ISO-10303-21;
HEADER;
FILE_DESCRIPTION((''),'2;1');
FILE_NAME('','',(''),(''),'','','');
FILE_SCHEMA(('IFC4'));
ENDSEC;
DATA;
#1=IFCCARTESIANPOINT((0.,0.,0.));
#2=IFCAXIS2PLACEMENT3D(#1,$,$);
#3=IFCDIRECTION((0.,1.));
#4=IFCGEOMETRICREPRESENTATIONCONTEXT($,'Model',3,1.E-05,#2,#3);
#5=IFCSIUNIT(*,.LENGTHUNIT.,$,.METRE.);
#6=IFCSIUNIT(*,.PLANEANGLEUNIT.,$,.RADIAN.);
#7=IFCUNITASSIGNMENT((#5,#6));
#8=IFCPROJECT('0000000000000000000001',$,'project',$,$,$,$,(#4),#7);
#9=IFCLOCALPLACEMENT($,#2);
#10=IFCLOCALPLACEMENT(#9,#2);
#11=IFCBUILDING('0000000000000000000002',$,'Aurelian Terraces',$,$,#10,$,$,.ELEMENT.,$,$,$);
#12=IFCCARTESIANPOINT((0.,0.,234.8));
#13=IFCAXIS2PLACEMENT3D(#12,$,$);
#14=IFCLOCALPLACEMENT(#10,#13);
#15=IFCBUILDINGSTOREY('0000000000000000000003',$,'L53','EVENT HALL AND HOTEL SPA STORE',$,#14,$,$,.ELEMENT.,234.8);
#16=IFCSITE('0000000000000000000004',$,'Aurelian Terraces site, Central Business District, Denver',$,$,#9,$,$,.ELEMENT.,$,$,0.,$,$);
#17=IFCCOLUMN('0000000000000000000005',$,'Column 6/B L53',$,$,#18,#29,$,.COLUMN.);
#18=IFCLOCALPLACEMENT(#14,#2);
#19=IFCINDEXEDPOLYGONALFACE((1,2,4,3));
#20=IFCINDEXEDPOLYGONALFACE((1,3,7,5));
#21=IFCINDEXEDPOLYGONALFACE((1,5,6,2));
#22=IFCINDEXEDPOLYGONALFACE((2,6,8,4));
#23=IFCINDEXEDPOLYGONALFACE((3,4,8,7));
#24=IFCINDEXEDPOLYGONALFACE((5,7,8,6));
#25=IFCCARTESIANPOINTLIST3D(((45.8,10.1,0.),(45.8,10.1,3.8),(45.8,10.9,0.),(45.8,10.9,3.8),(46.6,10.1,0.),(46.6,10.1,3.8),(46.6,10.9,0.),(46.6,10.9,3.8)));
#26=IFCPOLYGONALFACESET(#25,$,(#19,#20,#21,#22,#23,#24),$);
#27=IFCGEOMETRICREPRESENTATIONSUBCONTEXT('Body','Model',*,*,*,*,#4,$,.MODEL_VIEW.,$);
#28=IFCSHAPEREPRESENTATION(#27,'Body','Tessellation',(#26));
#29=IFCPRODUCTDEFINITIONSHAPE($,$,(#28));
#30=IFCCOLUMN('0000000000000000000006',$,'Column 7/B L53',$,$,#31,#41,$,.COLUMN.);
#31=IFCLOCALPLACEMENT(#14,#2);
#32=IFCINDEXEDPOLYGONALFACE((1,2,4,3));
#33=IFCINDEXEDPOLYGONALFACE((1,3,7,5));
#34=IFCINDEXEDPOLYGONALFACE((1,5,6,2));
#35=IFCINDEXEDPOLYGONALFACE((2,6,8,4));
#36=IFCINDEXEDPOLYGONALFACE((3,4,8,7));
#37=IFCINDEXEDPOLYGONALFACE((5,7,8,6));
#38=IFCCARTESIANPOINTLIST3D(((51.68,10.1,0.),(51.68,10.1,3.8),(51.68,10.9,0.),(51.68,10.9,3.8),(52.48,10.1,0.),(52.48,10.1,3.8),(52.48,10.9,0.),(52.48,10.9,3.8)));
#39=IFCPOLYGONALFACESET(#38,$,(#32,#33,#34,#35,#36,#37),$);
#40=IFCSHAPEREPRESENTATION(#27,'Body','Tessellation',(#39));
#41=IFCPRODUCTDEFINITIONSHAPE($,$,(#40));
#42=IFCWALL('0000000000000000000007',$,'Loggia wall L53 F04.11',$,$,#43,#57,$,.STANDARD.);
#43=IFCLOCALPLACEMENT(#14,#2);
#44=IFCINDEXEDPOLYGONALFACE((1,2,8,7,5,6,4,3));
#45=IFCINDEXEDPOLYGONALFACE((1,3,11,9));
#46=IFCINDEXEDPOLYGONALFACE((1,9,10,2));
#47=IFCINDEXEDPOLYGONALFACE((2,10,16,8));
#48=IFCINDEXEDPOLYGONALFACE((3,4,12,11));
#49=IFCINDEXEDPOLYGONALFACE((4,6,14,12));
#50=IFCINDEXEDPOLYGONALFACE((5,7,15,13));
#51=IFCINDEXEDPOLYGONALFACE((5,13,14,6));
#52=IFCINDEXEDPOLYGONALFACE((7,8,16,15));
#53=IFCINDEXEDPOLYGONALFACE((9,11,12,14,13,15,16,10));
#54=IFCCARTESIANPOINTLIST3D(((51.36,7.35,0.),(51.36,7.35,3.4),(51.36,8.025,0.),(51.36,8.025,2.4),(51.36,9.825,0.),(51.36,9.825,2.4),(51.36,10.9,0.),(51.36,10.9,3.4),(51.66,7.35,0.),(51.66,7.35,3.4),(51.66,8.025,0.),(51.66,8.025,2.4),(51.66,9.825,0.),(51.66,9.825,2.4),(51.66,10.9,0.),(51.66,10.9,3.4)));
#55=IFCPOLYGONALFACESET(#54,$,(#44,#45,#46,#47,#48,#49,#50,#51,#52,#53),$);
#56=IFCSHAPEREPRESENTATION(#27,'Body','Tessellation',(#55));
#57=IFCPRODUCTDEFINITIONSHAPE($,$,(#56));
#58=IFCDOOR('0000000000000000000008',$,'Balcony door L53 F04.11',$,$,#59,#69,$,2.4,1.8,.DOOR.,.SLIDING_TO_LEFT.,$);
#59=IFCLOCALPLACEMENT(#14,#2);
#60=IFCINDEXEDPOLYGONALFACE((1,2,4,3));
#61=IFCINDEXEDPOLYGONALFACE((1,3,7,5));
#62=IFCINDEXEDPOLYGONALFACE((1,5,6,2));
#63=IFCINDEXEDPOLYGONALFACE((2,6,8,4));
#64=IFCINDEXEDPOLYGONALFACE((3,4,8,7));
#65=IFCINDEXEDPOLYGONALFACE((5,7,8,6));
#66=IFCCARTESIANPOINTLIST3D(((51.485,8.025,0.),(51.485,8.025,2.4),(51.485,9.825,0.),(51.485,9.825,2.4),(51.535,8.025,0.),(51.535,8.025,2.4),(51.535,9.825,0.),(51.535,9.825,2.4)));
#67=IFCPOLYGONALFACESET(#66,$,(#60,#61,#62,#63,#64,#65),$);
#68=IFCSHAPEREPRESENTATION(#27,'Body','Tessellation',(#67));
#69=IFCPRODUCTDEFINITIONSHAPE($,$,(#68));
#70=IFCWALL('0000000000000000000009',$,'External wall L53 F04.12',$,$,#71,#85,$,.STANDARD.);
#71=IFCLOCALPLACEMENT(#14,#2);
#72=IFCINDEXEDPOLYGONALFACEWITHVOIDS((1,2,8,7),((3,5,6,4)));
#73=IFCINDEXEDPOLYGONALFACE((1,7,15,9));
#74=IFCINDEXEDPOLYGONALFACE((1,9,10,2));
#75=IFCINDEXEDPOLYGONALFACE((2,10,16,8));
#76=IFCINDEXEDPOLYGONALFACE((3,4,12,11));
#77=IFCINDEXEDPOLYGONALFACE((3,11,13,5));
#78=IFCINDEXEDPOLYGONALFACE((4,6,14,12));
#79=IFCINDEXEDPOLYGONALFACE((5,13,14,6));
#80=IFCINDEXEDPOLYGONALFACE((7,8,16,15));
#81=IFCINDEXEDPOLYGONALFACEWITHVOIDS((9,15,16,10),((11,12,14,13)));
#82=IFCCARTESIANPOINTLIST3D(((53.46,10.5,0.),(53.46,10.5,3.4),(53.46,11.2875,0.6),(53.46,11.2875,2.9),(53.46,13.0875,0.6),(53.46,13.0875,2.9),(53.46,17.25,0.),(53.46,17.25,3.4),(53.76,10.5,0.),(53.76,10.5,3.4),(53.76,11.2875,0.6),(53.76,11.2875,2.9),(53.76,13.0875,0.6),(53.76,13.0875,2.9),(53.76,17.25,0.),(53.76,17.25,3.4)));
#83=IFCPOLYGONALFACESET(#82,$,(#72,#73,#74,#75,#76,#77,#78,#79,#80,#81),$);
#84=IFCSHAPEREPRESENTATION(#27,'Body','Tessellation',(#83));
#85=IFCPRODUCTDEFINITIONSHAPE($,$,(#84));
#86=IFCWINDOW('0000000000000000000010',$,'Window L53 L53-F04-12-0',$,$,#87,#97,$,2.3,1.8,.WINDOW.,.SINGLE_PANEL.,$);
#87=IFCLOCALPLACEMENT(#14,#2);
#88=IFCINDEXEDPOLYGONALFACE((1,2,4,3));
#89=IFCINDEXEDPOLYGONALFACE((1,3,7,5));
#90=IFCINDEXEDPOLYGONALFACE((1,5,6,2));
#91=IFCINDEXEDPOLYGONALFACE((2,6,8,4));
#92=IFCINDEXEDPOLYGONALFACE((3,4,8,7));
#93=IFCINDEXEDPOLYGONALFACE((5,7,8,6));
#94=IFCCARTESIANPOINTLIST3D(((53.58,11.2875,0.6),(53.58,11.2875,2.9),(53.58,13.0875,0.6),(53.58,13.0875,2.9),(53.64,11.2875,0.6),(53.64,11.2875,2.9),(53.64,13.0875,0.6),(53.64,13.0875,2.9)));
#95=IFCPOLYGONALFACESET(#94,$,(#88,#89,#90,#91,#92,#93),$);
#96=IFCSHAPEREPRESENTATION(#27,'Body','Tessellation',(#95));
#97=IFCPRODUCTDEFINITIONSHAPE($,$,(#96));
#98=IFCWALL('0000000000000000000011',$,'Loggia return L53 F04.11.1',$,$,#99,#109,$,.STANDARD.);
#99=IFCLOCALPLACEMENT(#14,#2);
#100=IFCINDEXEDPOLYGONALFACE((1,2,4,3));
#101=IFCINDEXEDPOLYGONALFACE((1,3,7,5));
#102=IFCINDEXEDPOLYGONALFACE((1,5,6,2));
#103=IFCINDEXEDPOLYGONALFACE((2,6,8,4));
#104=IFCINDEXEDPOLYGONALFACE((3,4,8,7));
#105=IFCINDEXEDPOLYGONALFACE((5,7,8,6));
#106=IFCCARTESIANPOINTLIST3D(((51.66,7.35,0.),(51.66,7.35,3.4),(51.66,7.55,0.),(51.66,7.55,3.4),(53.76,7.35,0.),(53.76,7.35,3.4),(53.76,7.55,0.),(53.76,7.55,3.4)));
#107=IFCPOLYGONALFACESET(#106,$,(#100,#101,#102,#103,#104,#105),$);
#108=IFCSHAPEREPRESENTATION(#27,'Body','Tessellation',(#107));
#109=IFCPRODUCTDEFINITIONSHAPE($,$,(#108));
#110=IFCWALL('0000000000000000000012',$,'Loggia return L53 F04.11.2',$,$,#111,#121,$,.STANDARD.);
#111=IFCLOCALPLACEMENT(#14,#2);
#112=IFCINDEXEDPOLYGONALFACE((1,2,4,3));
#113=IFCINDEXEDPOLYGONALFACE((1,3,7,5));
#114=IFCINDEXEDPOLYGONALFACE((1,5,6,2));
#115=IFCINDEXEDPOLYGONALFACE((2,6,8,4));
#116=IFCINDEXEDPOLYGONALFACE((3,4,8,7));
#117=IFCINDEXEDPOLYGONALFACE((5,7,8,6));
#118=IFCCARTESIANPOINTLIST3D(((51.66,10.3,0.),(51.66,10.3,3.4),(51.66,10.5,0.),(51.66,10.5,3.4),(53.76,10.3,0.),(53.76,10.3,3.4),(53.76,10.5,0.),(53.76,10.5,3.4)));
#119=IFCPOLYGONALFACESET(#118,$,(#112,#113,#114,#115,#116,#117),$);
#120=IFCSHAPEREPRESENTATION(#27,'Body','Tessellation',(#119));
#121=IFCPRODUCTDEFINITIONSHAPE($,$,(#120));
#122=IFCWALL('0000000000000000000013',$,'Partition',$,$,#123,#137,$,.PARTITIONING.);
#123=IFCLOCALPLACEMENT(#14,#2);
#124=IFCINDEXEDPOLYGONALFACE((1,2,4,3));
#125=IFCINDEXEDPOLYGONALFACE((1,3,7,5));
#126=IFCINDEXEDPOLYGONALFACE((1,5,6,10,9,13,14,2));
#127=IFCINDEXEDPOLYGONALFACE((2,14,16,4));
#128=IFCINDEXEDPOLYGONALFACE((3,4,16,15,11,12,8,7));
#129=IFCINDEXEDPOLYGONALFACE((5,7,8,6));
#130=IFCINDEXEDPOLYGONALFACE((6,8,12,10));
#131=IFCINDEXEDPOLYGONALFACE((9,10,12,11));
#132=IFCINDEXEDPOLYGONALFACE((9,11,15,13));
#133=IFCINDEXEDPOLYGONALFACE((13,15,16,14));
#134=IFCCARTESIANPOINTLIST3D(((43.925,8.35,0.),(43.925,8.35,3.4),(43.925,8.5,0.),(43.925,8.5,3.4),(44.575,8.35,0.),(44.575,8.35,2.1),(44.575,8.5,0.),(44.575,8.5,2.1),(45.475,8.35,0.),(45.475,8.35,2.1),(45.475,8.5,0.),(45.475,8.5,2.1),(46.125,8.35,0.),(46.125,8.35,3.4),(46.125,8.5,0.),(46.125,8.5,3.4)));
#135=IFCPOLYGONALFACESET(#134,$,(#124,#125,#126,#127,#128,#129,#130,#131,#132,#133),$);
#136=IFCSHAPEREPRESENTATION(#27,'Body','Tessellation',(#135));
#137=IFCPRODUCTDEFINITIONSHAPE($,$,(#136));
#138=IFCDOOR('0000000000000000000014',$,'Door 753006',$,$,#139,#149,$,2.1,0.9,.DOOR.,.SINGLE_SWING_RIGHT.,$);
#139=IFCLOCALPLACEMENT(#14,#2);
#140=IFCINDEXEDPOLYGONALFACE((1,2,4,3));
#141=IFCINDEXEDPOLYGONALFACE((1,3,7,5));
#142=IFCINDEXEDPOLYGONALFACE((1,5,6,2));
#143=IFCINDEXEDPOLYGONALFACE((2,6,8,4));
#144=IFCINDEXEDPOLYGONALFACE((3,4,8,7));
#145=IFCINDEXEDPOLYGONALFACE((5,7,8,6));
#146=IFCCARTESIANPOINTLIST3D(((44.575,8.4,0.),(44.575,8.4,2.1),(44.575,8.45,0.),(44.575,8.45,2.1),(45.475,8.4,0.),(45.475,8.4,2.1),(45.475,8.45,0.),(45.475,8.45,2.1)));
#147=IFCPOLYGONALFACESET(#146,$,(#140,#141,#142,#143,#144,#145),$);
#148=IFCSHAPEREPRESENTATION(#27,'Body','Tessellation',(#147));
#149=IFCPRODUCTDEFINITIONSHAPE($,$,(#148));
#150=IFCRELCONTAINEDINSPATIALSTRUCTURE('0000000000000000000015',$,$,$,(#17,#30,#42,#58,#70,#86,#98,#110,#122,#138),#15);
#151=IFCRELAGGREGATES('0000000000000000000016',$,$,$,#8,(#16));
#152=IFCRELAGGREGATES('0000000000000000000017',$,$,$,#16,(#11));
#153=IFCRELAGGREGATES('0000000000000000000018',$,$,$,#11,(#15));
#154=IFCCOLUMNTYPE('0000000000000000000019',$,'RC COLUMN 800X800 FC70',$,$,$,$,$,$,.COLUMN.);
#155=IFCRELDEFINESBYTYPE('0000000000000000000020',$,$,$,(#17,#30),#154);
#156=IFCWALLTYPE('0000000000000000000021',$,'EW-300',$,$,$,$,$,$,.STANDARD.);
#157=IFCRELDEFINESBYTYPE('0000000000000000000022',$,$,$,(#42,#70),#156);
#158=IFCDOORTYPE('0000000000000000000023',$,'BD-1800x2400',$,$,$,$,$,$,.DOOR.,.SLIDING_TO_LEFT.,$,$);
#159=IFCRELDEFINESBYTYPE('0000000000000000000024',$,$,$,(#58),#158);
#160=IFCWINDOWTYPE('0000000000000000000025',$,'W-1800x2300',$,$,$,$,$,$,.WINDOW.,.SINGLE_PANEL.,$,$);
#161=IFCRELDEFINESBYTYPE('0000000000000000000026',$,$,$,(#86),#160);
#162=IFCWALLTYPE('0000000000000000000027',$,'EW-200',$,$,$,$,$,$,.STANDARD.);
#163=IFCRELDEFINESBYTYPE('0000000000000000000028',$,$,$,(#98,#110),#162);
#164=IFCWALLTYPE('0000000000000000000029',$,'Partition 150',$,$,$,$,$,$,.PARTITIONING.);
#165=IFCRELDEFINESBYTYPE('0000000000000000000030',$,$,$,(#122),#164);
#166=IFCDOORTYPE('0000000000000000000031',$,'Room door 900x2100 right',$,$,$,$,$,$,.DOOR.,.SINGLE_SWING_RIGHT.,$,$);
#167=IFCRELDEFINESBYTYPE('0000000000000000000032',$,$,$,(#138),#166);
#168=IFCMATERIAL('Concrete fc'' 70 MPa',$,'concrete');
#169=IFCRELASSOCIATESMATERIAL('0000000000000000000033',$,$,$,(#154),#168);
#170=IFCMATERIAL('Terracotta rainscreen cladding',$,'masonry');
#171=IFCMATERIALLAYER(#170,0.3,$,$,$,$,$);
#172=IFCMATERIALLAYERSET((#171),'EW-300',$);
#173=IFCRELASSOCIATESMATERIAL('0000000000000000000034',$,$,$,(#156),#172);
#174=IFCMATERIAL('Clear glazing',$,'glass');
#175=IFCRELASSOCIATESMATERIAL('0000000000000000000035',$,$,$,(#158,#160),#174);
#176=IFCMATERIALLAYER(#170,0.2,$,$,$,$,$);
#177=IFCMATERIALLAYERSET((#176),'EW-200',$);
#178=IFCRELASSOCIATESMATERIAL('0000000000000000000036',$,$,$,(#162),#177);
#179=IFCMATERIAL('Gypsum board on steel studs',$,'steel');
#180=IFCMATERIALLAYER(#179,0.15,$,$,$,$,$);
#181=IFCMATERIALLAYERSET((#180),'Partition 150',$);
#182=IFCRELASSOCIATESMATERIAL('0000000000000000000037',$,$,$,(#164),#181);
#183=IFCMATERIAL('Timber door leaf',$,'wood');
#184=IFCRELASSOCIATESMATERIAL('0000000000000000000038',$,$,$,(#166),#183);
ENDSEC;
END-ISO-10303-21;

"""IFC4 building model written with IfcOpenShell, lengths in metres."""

from ifc_helpers import new_model, si_unit, direction, frame, frame_2d, origin, origin_2d, place, context, subcontext, project, spatial, rectangle, extrude, source, transform, mapped, material, layer, layer_set, material_profile, profile_set, type_object, element, fill, save


model = new_model("IFC4")

# Units and contexts
model_context = context("Model", 3, precision=1e-05, world=origin(), true_north=direction((0.0, 1.0)))
body_context = subcontext(model_context, "Body", "Model", "MODEL_VIEW")
ifc_project = project(units=[si_unit("LENGTHUNIT", "METRE"), si_unit("PLANEANGLEUNIT", "RADIAN")], contexts=[model_context])

# Site, building, storey
site_placement = place(None, origin())
site = spatial("IfcSite", under=ifc_project, at=site_placement, Name="Aurelian Terraces site, Central Business District, Denver", CompositionType="ELEMENT", RefElevation=0.0)
building_placement = place(site_placement, origin())
building = spatial("IfcBuilding", under=site, at=building_placement, Name="Aurelian Terraces", CompositionType="ELEMENT")
storey_placement = place(building_placement, frame((0.0, 0.0, 234.8)))
storey = spatial("IfcBuildingStorey", under=building, at=storey_placement, Name="L53", Description="EVENT HALL AND HOTEL SPA STORE", CompositionType="ELEMENT", Elevation=234.8)

# Columns
ifc_material_1 = material(Name="Concrete fc' 70 MPa", Category="concrete")
ifc_material_profile = material_profile(ifc_material_1, rectangle(XDim=0.8, YDim=0.8, at=origin_2d()))
ifc_profile_set = profile_set([ifc_material_profile], Name="Concrete fc' 70 MPa")
column_type = type_object("IfcColumnType", Name="RC COLUMN 800X800 FC70", PredefinedType="COLUMN", material=ifc_profile_set)
shared_shape_1 = source(origin(), body_context, "Body", "SweptSolid", [
    extrude(rectangle(XDim=0.8, YDim=0.8, at=origin_2d()), origin(), (0.0, 0.0, 1.0), 3.8),
])
for number, where, z_axis, x_axis, name in (
    (1, (46.2, 10.5, 0.0), (0.0, 0.0, 1.0), (1.0, 0.0, 0.0), "Column 6/B L53"),
    (2, (52.08, 10.5, 0.0), (0.0, 0.0, 1.0), (1.0, 0.0, 0.0), "Column 7/B L53"),
):
    element("IfcColumn", number, at=place(storey_placement, frame(where, z_axis=z_axis, x_axis=x_axis)), inside=storey, type_object=column_type, Name=name, PredefinedType="COLUMN", context=body_context, shape_type="MappedRepresentation", body=[
        mapped(shared_shape_1, transform((0.0, 0.0, 0.0), scale=1.0)),
    ])

# Wall, opening, door
ifc_material_2 = material(Name="Terracotta rainscreen cladding", Category="masonry")
ifc_layer_1 = layer(ifc_material_2, 0.3)
ifc_layer_set_1 = layer_set([ifc_layer_1], Name="EW-300")
wall_type_1 = type_object("IfcWallType", Name="EW-300", PredefinedType="STANDARD", material=ifc_layer_set_1)
wall_1_placement = place(storey_placement, frame((51.51, 7.35, 0.0), z_axis=(0.0, 0.0, 1.0), x_axis=(0.0, 1.0, 0.0)))
wall_1 = element("IfcWall", 3, at=wall_1_placement, inside=storey, type_object=wall_type_1, Name="Loggia wall L53 F04.11", PredefinedType="STANDARD", context=body_context, shape_type="SweptSolid", body=[
    extrude(rectangle(XDim=3.55, YDim=0.3, at=frame_2d((1.775, 0.0))), origin(), (0.0, 0.0, 1.0), 3.4),
])
shared_shape_2 = source(origin(), body_context, "Body", "SweptSolid", [
    extrude(rectangle(XDim=1.8, YDim=2.4, at=frame_2d((0.9, 1.2))), frame((0.0, 0.16, 0.0), z_axis=(0.0, -1.0, 0.0), x_axis=(1.0, 0.0, 0.0)), (0.0, 0.0, 1.0), 0.32),
])
opening_1_placement = place(wall_1_placement, frame((0.675, 0.0, 0.0)))
opening_1 = element("IfcOpeningElement", 4, at=opening_1_placement, cuts=wall_1, PredefinedType="OPENING", context=body_context, shape_type="MappedRepresentation", body=[
    mapped(shared_shape_2, transform((0.0, 0.0, 0.0), scale=1.0)),
])
ifc_material_3 = material(Name="Clear glazing", Category="glass")
door_type_1 = type_object("IfcDoorType", Name="BD-1800x2400", OperationType="SLIDING_TO_LEFT", PredefinedType="DOOR", material=ifc_material_3)
shared_shape_3 = source(origin(), body_context, "Body", "SweptSolid", [
    extrude(rectangle(XDim=1.8, YDim=2.4, at=frame_2d((0.9, 1.2))), frame((0.0, 0.025, 0.0), z_axis=(0.0, -1.0, 0.0), x_axis=(1.0, 0.0, 0.0)), (0.0, 0.0, 1.0), 0.05),
])
door_1_placement = place(opening_1_placement, origin())
door_1 = element("IfcDoor", 5, at=door_1_placement, inside=storey, type_object=door_type_1, Name="Balcony door L53 F04.11", OperationType="SLIDING_TO_LEFT", OverallHeight=2.4, OverallWidth=1.8, PredefinedType="DOOR", context=body_context, shape_type="MappedRepresentation", body=[
    mapped(shared_shape_3, transform((0.0, 0.0, 0.0), scale=1.0)),
])
fill(opening_1, door_1)

# Wall, opening, window
shared_shape_4 = source(origin(), body_context, "Body", "SweptSolid", [
    extrude(rectangle(XDim=6.75, YDim=0.3, at=frame_2d((3.375, 0.0))), origin(), (0.0, 0.0, 1.0), 3.4),
])
wall_2_placement = place(storey_placement, frame((53.61, 10.5, 0.0), z_axis=(0.0, 0.0, 1.0), x_axis=(0.0, 1.0, 0.0)))
wall_2 = element("IfcWall", 6, at=wall_2_placement, inside=storey, type_object=wall_type_1, Name="External wall L53 F04.12", PredefinedType="STANDARD", context=body_context, shape_type="MappedRepresentation", body=[
    mapped(shared_shape_4, transform((0.0, 0.0, 0.0), scale=1.0)),
])
shared_shape_5 = source(origin(), body_context, "Body", "SweptSolid", [
    extrude(rectangle(XDim=1.8, YDim=2.3, at=frame_2d((0.9, 1.15))), frame((0.0, 0.16, 0.0), z_axis=(0.0, -1.0, 0.0), x_axis=(1.0, 0.0, 0.0)), (0.0, 0.0, 1.0), 0.32),
])
opening_2_placement = place(wall_2_placement, frame((0.7875, 0.0, 0.6)))
opening_2 = element("IfcOpeningElement", 7, at=opening_2_placement, cuts=wall_2, PredefinedType="OPENING", context=body_context, shape_type="MappedRepresentation", body=[
    mapped(shared_shape_5, transform((0.0, 0.0, 0.0), scale=1.0)),
])
window_type = type_object("IfcWindowType", Name="W-1800x2300", PartitioningType="SINGLE_PANEL", PredefinedType="WINDOW", material=ifc_material_3)
shared_shape_6 = source(origin(), body_context, "Body", "SweptSolid", [
    extrude(rectangle(XDim=1.8, YDim=2.3, at=frame_2d((0.9, 1.15))), frame((0.0, 0.03, 0.0), z_axis=(0.0, -1.0, 0.0), x_axis=(1.0, 0.0, 0.0)), (0.0, 0.0, 1.0), 0.06),
])
window_placement = place(opening_2_placement, origin())
window = element("IfcWindow", 8, at=window_placement, inside=storey, type_object=window_type, Name="Window L53 L53-F04-12-0", OverallHeight=2.3, OverallWidth=1.8, PartitioningType="SINGLE_PANEL", PredefinedType="WINDOW", context=body_context, shape_type="MappedRepresentation", body=[
    mapped(shared_shape_6, transform((0.0, 0.0, 0.0), scale=1.0)),
])
fill(opening_2, window)

# Walls
ifc_layer_2 = layer(ifc_material_2, 0.2)
ifc_layer_set_2 = layer_set([ifc_layer_2], Name="EW-200")
wall_type_2 = type_object("IfcWallType", Name="EW-200", PredefinedType="STANDARD", material=ifc_layer_set_2)
shared_shape_7 = source(origin(), body_context, "Body", "SweptSolid", [
    extrude(rectangle(XDim=2.1, YDim=0.2, at=frame_2d((1.05, 0.0))), origin(), (0.0, 0.0, 1.0), 3.4),
])
for number, where, z_axis, x_axis, name in (
    (9, (53.76, 7.45, 0.0), (0.0, 0.0, 1.0), (-1.0, 0.0, 0.0), "Loggia return L53 F04.11.1"),
    (10, (53.76, 10.4, 0.0), (0.0, 0.0, 1.0), (-1.0, 0.0, 0.0), "Loggia return L53 F04.11.2"),
):
    element("IfcWall", number, at=place(storey_placement, frame(where, z_axis=z_axis, x_axis=x_axis)), inside=storey, type_object=wall_type_2, Name=name, PredefinedType="STANDARD", context=body_context, shape_type="MappedRepresentation", body=[
        mapped(shared_shape_7, transform((0.0, 0.0, 0.0), scale=1.0)),
    ])

# Wall, opening, door
ifc_material_4 = material(Name="Gypsum board on steel studs", Category="steel")
ifc_layer_3 = layer(ifc_material_4, 0.15)
ifc_layer_set_3 = layer_set([ifc_layer_3], Name="Partition 150")
wall_type_3 = type_object("IfcWallType", Name="Partition 150", PredefinedType="PARTITIONING", material=ifc_layer_set_3)
shared_shape_8 = source(origin(), body_context, "Body", "SweptSolid", [
    extrude(rectangle(XDim=2.2, YDim=0.15, at=frame_2d((1.1, 0.0))), origin(), (0.0, 0.0, 1.0), 3.4),
])
wall_3_placement = place(storey_placement, frame((46.125, 8.425, 0.0), z_axis=(0.0, 0.0, 1.0), x_axis=(-1.0, 0.0, 0.0)))
wall_3 = element("IfcWall", 11, at=wall_3_placement, inside=storey, type_object=wall_type_3, Name="Partition", PredefinedType="PARTITIONING", context=body_context, shape_type="MappedRepresentation", body=[
    mapped(shared_shape_8, transform((0.0, 0.0, 0.0), scale=1.0)),
])
shared_shape_9 = source(origin(), body_context, "Body", "SweptSolid", [
    extrude(rectangle(XDim=0.9, YDim=2.1, at=frame_2d((0.45, 1.05))), frame((0.0, 0.085, 0.0), z_axis=(0.0, -1.0, 0.0), x_axis=(1.0, 0.0, 0.0)), (0.0, 0.0, 1.0), 0.17),
])
opening_3_placement = place(wall_3_placement, frame((0.65, 0.0, 0.0)))
opening_3 = element("IfcOpeningElement", 12, at=opening_3_placement, cuts=wall_3, PredefinedType="OPENING", context=body_context, shape_type="MappedRepresentation", body=[
    mapped(shared_shape_9, transform((0.0, 0.0, 0.0), scale=1.0)),
])
ifc_material_5 = material(Name="Timber door leaf", Category="wood")
door_type_2 = type_object("IfcDoorType", Name="Room door 900x2100 right", OperationType="SINGLE_SWING_RIGHT", PredefinedType="DOOR", material=ifc_material_5)
shared_shape_10 = source(origin(), body_context, "Body", "SweptSolid", [
    extrude(rectangle(XDim=0.9, YDim=2.1, at=frame_2d((0.45, 1.05))), frame((0.0, 0.025, 0.0), z_axis=(0.0, -1.0, 0.0), x_axis=(1.0, 0.0, 0.0)), (0.0, 0.0, 1.0), 0.05),
])
door_2_placement = place(opening_3_placement, origin())
door_2 = element("IfcDoor", 13, at=door_2_placement, inside=storey, type_object=door_type_2, Name="Door 753006", OperationType="SINGLE_SWING_RIGHT", OverallHeight=2.1, OverallWidth=0.9, PredefinedType="DOOR", context=body_context, shape_type="MappedRepresentation", body=[
    mapped(shared_shape_10, transform((0.0, 0.0, 0.0), scale=1.0)),
])
fill(opening_3, door_2)

save(model, "model.ifc")
